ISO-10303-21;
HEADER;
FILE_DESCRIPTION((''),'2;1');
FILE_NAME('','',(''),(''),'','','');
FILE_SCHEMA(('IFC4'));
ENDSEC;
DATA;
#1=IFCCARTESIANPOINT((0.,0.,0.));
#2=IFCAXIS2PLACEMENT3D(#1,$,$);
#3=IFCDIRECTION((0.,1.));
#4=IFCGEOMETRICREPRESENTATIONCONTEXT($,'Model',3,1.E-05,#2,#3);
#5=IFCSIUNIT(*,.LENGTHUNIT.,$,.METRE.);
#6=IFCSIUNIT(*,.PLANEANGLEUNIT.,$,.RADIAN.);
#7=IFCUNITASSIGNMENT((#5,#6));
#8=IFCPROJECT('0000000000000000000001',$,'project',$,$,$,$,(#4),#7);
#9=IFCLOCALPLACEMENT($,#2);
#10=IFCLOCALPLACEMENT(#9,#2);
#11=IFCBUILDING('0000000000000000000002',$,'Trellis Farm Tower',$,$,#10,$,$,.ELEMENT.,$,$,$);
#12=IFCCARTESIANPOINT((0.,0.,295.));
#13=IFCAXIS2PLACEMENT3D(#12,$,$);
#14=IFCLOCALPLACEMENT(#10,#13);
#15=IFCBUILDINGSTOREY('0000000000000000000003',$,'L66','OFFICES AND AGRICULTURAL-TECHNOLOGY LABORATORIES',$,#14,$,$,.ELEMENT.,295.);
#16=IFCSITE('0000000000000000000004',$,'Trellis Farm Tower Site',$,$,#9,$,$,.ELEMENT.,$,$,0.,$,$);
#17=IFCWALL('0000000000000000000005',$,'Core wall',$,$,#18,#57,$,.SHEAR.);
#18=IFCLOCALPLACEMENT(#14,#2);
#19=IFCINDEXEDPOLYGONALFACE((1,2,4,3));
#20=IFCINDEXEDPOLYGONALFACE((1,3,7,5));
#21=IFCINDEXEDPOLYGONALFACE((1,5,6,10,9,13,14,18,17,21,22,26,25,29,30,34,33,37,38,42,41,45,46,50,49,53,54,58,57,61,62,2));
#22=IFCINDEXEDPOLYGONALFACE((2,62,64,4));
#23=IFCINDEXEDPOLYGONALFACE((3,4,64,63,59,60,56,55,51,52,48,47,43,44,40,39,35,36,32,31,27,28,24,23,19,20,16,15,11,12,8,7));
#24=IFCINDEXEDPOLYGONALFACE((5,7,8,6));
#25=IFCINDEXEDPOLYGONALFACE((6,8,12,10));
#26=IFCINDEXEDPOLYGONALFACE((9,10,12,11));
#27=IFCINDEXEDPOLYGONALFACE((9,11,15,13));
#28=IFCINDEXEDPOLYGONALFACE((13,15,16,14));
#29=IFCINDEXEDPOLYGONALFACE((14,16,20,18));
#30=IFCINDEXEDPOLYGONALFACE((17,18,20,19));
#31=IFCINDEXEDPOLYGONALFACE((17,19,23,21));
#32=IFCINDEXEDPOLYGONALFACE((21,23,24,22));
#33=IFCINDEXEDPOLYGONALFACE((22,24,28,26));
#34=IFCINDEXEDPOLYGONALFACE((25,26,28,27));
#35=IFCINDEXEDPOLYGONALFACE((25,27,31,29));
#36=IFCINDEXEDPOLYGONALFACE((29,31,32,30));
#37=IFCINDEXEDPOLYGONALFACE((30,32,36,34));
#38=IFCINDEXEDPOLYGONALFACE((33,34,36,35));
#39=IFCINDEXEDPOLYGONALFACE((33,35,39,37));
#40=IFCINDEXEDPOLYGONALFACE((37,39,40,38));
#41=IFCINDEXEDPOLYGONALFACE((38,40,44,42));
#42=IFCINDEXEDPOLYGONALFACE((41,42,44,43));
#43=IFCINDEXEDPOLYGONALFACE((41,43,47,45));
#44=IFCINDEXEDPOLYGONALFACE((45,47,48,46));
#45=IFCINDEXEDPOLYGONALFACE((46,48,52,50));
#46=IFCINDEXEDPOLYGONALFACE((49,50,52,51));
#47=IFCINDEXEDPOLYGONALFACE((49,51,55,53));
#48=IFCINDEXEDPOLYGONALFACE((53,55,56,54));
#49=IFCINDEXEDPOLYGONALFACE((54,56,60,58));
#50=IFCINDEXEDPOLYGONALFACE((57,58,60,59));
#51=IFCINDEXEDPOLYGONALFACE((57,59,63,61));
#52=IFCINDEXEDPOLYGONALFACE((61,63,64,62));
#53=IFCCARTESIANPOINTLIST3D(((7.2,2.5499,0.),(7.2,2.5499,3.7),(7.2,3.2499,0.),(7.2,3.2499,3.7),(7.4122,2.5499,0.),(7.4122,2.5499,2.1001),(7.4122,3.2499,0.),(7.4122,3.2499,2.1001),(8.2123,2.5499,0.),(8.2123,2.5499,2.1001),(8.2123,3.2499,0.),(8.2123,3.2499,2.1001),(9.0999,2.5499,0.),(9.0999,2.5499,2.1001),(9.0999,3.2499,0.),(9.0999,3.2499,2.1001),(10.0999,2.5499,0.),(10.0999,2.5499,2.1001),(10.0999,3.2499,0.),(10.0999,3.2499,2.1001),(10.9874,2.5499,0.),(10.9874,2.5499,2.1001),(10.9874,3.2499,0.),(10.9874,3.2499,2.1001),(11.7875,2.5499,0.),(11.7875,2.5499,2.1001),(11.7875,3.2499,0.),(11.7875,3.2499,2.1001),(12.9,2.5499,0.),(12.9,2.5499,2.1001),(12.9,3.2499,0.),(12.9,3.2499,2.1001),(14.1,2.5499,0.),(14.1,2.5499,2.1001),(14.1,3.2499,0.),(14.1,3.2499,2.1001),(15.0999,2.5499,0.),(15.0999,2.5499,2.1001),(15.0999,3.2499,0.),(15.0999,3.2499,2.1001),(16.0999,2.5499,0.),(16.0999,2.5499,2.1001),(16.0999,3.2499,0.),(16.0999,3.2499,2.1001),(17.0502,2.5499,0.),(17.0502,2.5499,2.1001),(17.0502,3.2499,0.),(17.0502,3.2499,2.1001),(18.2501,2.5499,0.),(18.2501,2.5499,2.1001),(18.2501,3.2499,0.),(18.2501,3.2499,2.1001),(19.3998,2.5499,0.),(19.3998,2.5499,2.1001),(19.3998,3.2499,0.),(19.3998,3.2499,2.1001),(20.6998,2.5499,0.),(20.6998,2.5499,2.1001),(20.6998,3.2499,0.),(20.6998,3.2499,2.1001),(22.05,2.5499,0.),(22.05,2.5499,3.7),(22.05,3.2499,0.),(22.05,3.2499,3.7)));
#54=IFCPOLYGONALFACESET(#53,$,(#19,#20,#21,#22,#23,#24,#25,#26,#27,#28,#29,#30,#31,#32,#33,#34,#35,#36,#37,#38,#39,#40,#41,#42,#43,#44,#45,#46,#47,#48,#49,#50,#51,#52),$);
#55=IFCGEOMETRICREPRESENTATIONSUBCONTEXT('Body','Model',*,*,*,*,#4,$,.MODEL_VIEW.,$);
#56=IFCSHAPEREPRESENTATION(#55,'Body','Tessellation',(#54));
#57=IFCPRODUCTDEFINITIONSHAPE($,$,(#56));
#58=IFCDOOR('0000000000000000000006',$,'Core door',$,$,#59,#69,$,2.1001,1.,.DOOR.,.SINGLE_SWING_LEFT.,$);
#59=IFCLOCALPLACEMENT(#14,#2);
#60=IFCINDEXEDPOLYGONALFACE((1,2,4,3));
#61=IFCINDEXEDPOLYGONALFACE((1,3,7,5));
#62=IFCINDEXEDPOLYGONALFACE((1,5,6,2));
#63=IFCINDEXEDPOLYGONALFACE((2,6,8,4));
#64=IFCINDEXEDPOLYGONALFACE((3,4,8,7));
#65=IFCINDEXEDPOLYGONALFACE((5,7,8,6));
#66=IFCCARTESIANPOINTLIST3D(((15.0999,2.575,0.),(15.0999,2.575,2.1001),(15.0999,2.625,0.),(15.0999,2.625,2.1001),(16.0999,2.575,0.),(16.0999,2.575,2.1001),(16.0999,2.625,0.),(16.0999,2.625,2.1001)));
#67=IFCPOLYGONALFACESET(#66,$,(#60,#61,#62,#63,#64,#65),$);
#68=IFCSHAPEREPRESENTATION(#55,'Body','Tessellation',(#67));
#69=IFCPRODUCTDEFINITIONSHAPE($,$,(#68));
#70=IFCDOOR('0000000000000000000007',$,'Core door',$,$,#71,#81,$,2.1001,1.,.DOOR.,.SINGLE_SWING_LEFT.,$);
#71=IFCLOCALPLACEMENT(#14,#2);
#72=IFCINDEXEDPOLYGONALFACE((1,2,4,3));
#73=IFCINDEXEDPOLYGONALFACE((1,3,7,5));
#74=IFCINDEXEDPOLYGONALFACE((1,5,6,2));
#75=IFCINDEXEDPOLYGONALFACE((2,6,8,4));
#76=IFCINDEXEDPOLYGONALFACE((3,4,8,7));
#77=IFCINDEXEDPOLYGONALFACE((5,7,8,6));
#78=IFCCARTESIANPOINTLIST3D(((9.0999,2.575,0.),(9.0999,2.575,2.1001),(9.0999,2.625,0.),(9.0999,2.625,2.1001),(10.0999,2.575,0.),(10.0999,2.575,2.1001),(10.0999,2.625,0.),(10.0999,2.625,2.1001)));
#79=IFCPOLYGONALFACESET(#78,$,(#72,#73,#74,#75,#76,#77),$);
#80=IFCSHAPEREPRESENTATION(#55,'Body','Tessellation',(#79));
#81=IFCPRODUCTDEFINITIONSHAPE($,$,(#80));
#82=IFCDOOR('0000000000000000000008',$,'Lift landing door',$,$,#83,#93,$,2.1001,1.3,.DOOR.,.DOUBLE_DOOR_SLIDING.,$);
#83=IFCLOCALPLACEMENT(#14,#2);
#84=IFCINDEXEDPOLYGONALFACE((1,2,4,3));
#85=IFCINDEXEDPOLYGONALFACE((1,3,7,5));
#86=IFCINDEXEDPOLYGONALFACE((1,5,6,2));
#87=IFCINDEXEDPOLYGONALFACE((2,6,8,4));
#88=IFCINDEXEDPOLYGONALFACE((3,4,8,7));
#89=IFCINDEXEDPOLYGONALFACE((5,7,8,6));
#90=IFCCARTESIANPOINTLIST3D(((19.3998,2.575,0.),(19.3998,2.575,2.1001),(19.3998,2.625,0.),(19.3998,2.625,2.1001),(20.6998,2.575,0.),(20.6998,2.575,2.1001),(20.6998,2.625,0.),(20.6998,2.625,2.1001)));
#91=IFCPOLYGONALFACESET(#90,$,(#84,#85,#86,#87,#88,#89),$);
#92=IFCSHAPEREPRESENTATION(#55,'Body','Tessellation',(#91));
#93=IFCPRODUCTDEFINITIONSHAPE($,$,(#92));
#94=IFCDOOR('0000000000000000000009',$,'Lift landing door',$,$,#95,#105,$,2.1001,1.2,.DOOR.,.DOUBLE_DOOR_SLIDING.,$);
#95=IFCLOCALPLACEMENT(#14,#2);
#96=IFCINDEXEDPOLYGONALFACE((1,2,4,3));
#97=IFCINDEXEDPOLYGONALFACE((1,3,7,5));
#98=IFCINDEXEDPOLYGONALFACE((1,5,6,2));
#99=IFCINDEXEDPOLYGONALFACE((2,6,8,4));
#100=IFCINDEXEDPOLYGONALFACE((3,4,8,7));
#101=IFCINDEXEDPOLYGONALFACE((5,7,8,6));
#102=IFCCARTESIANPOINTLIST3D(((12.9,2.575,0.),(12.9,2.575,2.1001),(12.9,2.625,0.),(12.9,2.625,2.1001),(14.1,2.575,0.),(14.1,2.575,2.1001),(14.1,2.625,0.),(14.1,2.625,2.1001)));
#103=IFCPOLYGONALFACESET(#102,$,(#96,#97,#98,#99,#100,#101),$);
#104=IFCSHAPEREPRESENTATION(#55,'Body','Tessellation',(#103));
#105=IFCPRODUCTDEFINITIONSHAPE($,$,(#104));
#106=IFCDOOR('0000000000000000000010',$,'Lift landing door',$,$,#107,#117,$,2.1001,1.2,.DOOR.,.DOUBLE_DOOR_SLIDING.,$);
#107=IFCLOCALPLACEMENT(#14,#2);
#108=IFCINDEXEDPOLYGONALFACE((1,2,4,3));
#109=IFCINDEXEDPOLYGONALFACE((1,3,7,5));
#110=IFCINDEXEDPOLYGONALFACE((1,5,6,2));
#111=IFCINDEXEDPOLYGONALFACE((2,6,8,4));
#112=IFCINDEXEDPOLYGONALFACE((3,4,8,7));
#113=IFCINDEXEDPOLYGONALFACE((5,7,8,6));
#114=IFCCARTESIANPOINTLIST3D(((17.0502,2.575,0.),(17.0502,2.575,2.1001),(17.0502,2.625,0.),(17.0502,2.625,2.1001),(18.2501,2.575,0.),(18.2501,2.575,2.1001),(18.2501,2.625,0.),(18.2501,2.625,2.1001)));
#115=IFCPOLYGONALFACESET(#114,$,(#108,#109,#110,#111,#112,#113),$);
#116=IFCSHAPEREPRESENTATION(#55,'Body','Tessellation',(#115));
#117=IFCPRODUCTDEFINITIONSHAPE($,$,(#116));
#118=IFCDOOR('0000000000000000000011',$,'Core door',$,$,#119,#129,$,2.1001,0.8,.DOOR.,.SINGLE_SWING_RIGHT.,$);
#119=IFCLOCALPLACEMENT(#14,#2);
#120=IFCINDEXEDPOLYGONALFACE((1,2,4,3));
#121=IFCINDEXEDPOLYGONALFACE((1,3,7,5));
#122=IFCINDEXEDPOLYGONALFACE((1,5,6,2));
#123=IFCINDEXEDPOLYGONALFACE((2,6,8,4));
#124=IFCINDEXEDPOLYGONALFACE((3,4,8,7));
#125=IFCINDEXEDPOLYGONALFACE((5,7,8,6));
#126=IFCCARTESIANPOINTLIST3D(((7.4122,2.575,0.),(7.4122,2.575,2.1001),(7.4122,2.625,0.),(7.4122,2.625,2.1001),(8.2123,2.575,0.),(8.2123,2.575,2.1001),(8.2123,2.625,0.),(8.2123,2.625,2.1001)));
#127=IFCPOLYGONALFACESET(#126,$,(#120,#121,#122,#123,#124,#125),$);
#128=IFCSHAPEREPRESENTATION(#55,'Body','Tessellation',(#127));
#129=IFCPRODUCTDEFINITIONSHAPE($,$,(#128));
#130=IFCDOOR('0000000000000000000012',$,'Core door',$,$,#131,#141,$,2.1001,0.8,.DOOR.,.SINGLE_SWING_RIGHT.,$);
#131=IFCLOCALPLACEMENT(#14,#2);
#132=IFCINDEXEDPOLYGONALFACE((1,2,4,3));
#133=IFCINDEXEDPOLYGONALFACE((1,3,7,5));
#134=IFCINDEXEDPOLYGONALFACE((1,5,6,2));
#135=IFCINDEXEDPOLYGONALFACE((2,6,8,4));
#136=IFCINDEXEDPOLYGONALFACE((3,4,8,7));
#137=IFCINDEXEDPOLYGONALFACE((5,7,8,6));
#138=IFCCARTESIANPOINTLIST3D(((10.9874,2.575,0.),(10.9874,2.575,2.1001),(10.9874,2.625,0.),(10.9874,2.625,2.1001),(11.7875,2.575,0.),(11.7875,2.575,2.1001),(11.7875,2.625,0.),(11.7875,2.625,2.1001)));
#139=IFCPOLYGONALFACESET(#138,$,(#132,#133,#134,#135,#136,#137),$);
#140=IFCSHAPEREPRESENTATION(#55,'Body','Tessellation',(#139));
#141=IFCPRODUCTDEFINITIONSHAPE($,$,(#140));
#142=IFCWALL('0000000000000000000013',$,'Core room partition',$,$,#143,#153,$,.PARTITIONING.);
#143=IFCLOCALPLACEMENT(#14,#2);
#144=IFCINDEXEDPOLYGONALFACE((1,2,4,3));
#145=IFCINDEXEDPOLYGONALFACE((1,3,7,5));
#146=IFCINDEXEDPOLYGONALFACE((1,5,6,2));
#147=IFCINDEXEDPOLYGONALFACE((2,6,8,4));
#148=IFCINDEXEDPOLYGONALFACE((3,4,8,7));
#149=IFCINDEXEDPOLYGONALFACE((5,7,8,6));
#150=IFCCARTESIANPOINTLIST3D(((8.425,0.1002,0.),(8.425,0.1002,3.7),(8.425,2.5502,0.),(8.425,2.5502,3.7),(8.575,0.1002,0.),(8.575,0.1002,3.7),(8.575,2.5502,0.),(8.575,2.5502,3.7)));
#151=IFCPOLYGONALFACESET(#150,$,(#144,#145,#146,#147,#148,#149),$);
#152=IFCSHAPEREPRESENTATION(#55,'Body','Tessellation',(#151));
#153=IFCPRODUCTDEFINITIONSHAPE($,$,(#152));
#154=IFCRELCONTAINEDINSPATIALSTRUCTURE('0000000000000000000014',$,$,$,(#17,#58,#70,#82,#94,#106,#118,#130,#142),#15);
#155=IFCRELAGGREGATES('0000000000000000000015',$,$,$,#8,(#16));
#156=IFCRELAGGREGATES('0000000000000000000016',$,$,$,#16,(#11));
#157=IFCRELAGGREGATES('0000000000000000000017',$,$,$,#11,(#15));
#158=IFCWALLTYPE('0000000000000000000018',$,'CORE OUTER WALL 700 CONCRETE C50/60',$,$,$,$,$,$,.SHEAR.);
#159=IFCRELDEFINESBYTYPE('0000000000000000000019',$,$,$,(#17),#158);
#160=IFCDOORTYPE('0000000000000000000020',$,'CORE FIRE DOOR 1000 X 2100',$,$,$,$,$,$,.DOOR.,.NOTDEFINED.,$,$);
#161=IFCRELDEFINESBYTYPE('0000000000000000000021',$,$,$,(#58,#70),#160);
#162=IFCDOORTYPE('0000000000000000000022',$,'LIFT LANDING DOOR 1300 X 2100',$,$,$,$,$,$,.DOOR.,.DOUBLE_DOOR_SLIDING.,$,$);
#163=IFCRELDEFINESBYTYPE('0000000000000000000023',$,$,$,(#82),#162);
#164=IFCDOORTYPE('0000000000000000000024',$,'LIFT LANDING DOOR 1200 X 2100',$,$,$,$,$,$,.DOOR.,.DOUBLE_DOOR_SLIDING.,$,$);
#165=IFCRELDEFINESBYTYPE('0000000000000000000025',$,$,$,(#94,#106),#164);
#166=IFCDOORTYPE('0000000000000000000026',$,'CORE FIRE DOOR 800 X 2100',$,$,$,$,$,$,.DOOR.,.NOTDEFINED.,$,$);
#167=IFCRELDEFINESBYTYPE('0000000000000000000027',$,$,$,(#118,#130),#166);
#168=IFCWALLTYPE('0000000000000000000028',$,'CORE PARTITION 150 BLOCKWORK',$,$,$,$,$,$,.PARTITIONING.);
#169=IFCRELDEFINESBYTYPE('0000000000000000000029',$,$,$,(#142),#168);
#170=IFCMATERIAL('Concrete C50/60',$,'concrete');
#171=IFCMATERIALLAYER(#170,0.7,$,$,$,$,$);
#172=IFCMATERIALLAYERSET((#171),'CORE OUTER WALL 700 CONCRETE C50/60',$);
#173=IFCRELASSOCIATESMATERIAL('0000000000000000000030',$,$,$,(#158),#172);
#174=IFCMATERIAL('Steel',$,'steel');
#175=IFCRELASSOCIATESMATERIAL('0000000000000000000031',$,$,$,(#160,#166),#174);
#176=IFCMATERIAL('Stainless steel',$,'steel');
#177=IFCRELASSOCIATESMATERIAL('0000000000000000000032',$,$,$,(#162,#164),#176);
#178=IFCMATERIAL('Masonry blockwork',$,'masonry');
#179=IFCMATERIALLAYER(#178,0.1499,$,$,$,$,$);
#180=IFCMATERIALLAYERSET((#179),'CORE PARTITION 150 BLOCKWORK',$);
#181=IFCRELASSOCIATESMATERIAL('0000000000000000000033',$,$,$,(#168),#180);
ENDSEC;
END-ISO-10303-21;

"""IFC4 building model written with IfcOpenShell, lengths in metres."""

from ifc_helpers import new_model, si_unit, direction, frame, frame_2d, origin, place, context, subcontext, project, spatial, rectangle, extrude, source, transform, mapped, material, layer, layer_set, type_object, element, fill, save


model = new_model("IFC4")

# Units and contexts
model_context = context("Model", 3, precision=1e-05, world=origin(), true_north=direction((0.0, 1.0)))
body_context = subcontext(model_context, "Body", "Model", "MODEL_VIEW")
ifc_project = project(units=[si_unit("LENGTHUNIT", "METRE"), si_unit("PLANEANGLEUNIT", "RADIAN")], contexts=[model_context])

# Site, building, storey
site_placement = place(None, origin())
site = spatial("IfcSite", under=ifc_project, at=site_placement, Name="Trellis Farm Tower Site", CompositionType="ELEMENT", RefElevation=0.0)
building_placement = place(site_placement, origin())
building = spatial("IfcBuilding", under=site, at=building_placement, Name="Trellis Farm Tower", CompositionType="ELEMENT")
storey_placement = place(building_placement, frame((0.0, 0.0, 295.0)))
storey = spatial("IfcBuildingStorey", under=building, at=storey_placement, Name="L66", Description="OFFICES AND AGRICULTURAL-TECHNOLOGY LABORATORIES", CompositionType="ELEMENT", Elevation=295.0)

# Shared definitions
ifc_material_1 = material(Name="Concrete C50/60", Category="concrete")

# Shared definitions
ifc_material_2 = material(Name="Masonry blockwork", Category="masonry")
ifc_material_3 = material(Name="Steel", Category="steel")

# Wall, openings, doors
ifc_layer_1 = layer(ifc_material_1, 0.7)
ifc_layer_set_1 = layer_set([ifc_layer_1], Name="CORE OUTER WALL 700 CONCRETE C50/60")
wall_type_1 = type_object("IfcWallType", Name="CORE OUTER WALL 700 CONCRETE C50/60", PredefinedType="SHEAR", material=ifc_layer_set_1)
shared_shape_1 = source(origin(), body_context, "Body", "SweptSolid", [
    extrude(rectangle(XDim=14.8501, YDim=0.7, at=frame_2d((7.425, 0.0))), origin(), (0.0, 0.0, 1.0), 3.7),
])
wall_1_placement = place(storey_placement, frame((7.2, 2.8999, 0.0), z_axis=(0.0, 0.0, 1.0), x_axis=(1.0, 0.0, 0.0)))
wall_1 = element("IfcWall", 1, at=wall_1_placement, inside=storey, type_object=wall_type_1, Name="Core wall", PredefinedType="SHEAR", context=body_context, shape_type="MappedRepresentation", body=[
    mapped(shared_shape_1, transform((0.0, 0.0, 0.0))),
])
shared_shape_2 = source(origin(), body_context, "Body", "SweptSolid", [
    extrude(rectangle(XDim=1.2, YDim=2.1001, at=frame_2d((0.6001, 1.05))), frame((0.0, 0.3601, 0.0), z_axis=(0.0, -1.0, 0.0), x_axis=(1.0, 0.0, 0.0)), (0.0, 0.0, 1.0), 0.7202),
])
opening_1_placement = place(wall_1_placement, frame((5.7, 0.0, 0.0)))
opening_1 = element("IfcOpeningElement", 2, at=opening_1_placement, cuts=wall_1, PredefinedType="OPENING", context=body_context, shape_type="MappedRepresentation", body=[
    mapped(shared_shape_2, transform((0.0, 0.0, 0.0))),
])
shared_shape_3 = source(origin(), body_context, "Body", "SweptSolid", [
    extrude(rectangle(XDim=1.3, YDim=2.1001, at=frame_2d((0.6499, 1.05))), frame((0.0, 0.3601, 0.0), z_axis=(0.0, -1.0, 0.0), x_axis=(1.0, 0.0, 0.0)), (0.0, 0.0, 1.0), 0.7202),
])
opening_2_placement = place(wall_1_placement, frame((12.2, 0.0, 0.0)))
opening_2 = element("IfcOpeningElement", 3, at=opening_2_placement, cuts=wall_1, PredefinedType="OPENING", context=body_context, shape_type="MappedRepresentation", body=[
    mapped(shared_shape_3, transform((0.0, 0.0, 0.0))),
])
opening_3_placement = place(wall_1_placement, frame((9.8501, 0.0, 0.0)))
opening_3 = element("IfcOpeningElement", 4, at=opening_3_placement, cuts=wall_1, PredefinedType="OPENING", context=body_context, shape_type="MappedRepresentation", body=[
    mapped(shared_shape_2, transform((0.0, 0.0, 0.0))),
])
shared_shape_4 = source(origin(), body_context, "Body", "SweptSolid", [
    extrude(rectangle(XDim=1.0, YDim=2.1001, at=frame_2d((0.5, 1.05))), frame((0.0, 0.3601, 0.0), z_axis=(0.0, -1.0, 0.0), x_axis=(1.0, 0.0, 0.0)), (0.0, 0.0, 1.0), 0.7202),
])
opening_4_placement = place(wall_1_placement, frame((7.8999, 0.0, 0.0)))
opening_4 = element("IfcOpeningElement", 5, at=opening_4_placement, cuts=wall_1, PredefinedType="OPENING", context=body_context, shape_type="MappedRepresentation", body=[
    mapped(shared_shape_4, transform((0.0, 0.0, 0.0))),
])
shared_shape_5 = source(origin(), body_context, "Body", "SweptSolid", [
    extrude(rectangle(XDim=0.8, YDim=2.1001, at=frame_2d((0.3999, 1.05))), frame((0.0, 0.3601, 0.0), z_axis=(0.0, -1.0, 0.0), x_axis=(1.0, 0.0, 0.0)), (0.0, 0.0, 1.0), 0.7202),
])
opening_5_placement = place(wall_1_placement, frame((0.2124, 0.0, 0.0)))
opening_5 = element("IfcOpeningElement", 6, at=opening_5_placement, cuts=wall_1, PredefinedType="OPENING", context=body_context, shape_type="MappedRepresentation", body=[
    mapped(shared_shape_5, transform((0.0, 0.0, 0.0))),
])
opening_6_placement = place(wall_1_placement, frame((1.8999, 0.0, 0.0)))
opening_6 = element("IfcOpeningElement", 7, at=opening_6_placement, cuts=wall_1, PredefinedType="OPENING", context=body_context, shape_type="MappedRepresentation", body=[
    mapped(shared_shape_4, transform((0.0, 0.0, 0.0))),
])
opening_7_placement = place(wall_1_placement, frame((3.7876, 0.0, 0.0)))
opening_7 = element("IfcOpeningElement", 8, at=opening_7_placement, cuts=wall_1, PredefinedType="OPENING", context=body_context, shape_type="MappedRepresentation", body=[
    mapped(shared_shape_5, transform((0.0, 0.0, 0.0))),
])
door_type_1 = type_object("IfcDoorType", Name="CORE FIRE DOOR 1000 X 2100", OperationType="NOTDEFINED", PredefinedType="DOOR", material=ifc_material_3)
shared_shape_6 = source(origin(), body_context, "Body", "SweptSolid", [
    extrude(rectangle(XDim=1.0, YDim=2.1001, at=frame_2d((0.5, 1.05))), frame((0.0, -0.2749, 0.0), z_axis=(0.0, -1.0, 0.0), x_axis=(1.0, 0.0, 0.0)), (0.0, 0.0, 1.0), 0.05),
])
door_1_placement = place(opening_4_placement, origin())
door_1 = element("IfcDoor", 9, at=door_1_placement, inside=storey, type_object=door_type_1, Name="Core door", OperationType="SINGLE_SWING_LEFT", OverallHeight=2.1001, OverallWidth=1.0, PredefinedType="DOOR", context=body_context, shape_type="MappedRepresentation", body=[
    mapped(shared_shape_6, transform((0.0, 0.0, 0.0))),
])
fill(opening_4, door_1)
door_2_placement = place(opening_6_placement, origin())
door_2 = element("IfcDoor", 10, at=door_2_placement, inside=storey, type_object=door_type_1, Name="Core door", OperationType="SINGLE_SWING_LEFT", OverallHeight=2.1001, OverallWidth=1.0, PredefinedType="DOOR", context=body_context, shape_type="MappedRepresentation", body=[
    mapped(shared_shape_6, transform((0.0, 0.0, 0.0))),
])
fill(opening_6, door_2)
ifc_material_4 = material(Name="Stainless steel", Category="steel")
door_type_2 = type_object("IfcDoorType", Name="LIFT LANDING DOOR 1300 X 2100", OperationType="DOUBLE_DOOR_SLIDING", PredefinedType="DOOR", material=ifc_material_4)
shared_shape_7 = source(origin(), body_context, "Body", "SweptSolid", [
    extrude(rectangle(XDim=1.3, YDim=2.1001, at=frame_2d((0.6499, 1.05))), frame((0.0, -0.2749, 0.0), z_axis=(0.0, -1.0, 0.0), x_axis=(1.0, 0.0, 0.0)), (0.0, 0.0, 1.0), 0.05),
])
door_3_placement = place(opening_2_placement, origin())
door_3 = element("IfcDoor", 11, at=door_3_placement, inside=storey, type_object=door_type_2, Name="Lift landing door", OperationType="DOUBLE_DOOR_SLIDING", OverallHeight=2.1001, OverallWidth=1.3, PredefinedType="DOOR", context=body_context, shape_type="MappedRepresentation", body=[
    mapped(shared_shape_7, transform((0.0, 0.0, 0.0))),
])
fill(opening_2, door_3)
door_type_3 = type_object("IfcDoorType", Name="LIFT LANDING DOOR 1200 X 2100", OperationType="DOUBLE_DOOR_SLIDING", PredefinedType="DOOR", material=ifc_material_4)
shared_shape_8 = source(origin(), body_context, "Body", "SweptSolid", [
    extrude(rectangle(XDim=1.2, YDim=2.1001, at=frame_2d((0.6001, 1.05))), frame((0.0, -0.2749, 0.0), z_axis=(0.0, -1.0, 0.0), x_axis=(1.0, 0.0, 0.0)), (0.0, 0.0, 1.0), 0.05),
])
door_4_placement = place(opening_1_placement, origin())
door_4 = element("IfcDoor", 12, at=door_4_placement, inside=storey, type_object=door_type_3, Name="Lift landing door", OperationType="DOUBLE_DOOR_SLIDING", OverallHeight=2.1001, OverallWidth=1.2, PredefinedType="DOOR", context=body_context, shape_type="MappedRepresentation", body=[
    mapped(shared_shape_8, transform((0.0, 0.0, 0.0))),
])
fill(opening_1, door_4)
door_5_placement = place(opening_3_placement, origin())
door_5 = element("IfcDoor", 13, at=door_5_placement, inside=storey, type_object=door_type_3, Name="Lift landing door", OperationType="DOUBLE_DOOR_SLIDING", OverallHeight=2.1001, OverallWidth=1.2, PredefinedType="DOOR", context=body_context, shape_type="MappedRepresentation", body=[
    mapped(shared_shape_8, transform((0.0, 0.0, 0.0))),
])
fill(opening_3, door_5)
door_type_4 = type_object("IfcDoorType", Name="CORE FIRE DOOR 800 X 2100", OperationType="NOTDEFINED", PredefinedType="DOOR", material=ifc_material_3)
shared_shape_9 = source(origin(), body_context, "Body", "SweptSolid", [
    extrude(rectangle(XDim=0.8, YDim=2.1001, at=frame_2d((0.3999, 1.05))), frame((0.0, -0.2749, 0.0), z_axis=(0.0, -1.0, 0.0), x_axis=(1.0, 0.0, 0.0)), (0.0, 0.0, 1.0), 0.05),
])
door_6_placement = place(opening_5_placement, origin())
door_6 = element("IfcDoor", 14, at=door_6_placement, inside=storey, type_object=door_type_4, Name="Core door", OperationType="SINGLE_SWING_RIGHT", OverallHeight=2.1001, OverallWidth=0.8, PredefinedType="DOOR", context=body_context, shape_type="MappedRepresentation", body=[
    mapped(shared_shape_9, transform((0.0, 0.0, 0.0))),
])
fill(opening_5, door_6)
door_7_placement = place(opening_7_placement, origin())
door_7 = element("IfcDoor", 15, at=door_7_placement, inside=storey, type_object=door_type_4, Name="Core door", OperationType="SINGLE_SWING_RIGHT", OverallHeight=2.1001, OverallWidth=0.8, PredefinedType="DOOR", context=body_context, shape_type="MappedRepresentation", body=[
    mapped(shared_shape_9, transform((0.0, 0.0, 0.0))),
])
fill(opening_7, door_7)

# Wall
ifc_layer_2 = layer(ifc_material_2, 0.1499)
ifc_layer_set_2 = layer_set([ifc_layer_2], Name="CORE PARTITION 150 BLOCKWORK")
wall_type_2 = type_object("IfcWallType", Name="CORE PARTITION 150 BLOCKWORK", PredefinedType="PARTITIONING", material=ifc_layer_set_2)
shared_shape_10 = source(origin(), body_context, "Body", "SweptSolid", [
    extrude(rectangle(XDim=2.45, YDim=0.1499, at=frame_2d((1.2251, 0.0))), origin(), (0.0, 0.0, 1.0), 3.7),
])
for number, where, z_axis, x_axis, name in (
    (16, (8.5, 0.1001, 0.0), (0.0, 0.0, 1.0), (0.0, 1.0, 0.0), "Core room partition"),
):
    element("IfcWall", number, at=place(storey_placement, frame(where, z_axis=z_axis, x_axis=x_axis)), inside=storey, type_object=wall_type_2, Name=name, PredefinedType="PARTITIONING", context=body_context, shape_type="MappedRepresentation", body=[
        mapped(shared_shape_10, transform((0.0, 0.0, 0.0))),
    ])

save(model, "model.ifc")
